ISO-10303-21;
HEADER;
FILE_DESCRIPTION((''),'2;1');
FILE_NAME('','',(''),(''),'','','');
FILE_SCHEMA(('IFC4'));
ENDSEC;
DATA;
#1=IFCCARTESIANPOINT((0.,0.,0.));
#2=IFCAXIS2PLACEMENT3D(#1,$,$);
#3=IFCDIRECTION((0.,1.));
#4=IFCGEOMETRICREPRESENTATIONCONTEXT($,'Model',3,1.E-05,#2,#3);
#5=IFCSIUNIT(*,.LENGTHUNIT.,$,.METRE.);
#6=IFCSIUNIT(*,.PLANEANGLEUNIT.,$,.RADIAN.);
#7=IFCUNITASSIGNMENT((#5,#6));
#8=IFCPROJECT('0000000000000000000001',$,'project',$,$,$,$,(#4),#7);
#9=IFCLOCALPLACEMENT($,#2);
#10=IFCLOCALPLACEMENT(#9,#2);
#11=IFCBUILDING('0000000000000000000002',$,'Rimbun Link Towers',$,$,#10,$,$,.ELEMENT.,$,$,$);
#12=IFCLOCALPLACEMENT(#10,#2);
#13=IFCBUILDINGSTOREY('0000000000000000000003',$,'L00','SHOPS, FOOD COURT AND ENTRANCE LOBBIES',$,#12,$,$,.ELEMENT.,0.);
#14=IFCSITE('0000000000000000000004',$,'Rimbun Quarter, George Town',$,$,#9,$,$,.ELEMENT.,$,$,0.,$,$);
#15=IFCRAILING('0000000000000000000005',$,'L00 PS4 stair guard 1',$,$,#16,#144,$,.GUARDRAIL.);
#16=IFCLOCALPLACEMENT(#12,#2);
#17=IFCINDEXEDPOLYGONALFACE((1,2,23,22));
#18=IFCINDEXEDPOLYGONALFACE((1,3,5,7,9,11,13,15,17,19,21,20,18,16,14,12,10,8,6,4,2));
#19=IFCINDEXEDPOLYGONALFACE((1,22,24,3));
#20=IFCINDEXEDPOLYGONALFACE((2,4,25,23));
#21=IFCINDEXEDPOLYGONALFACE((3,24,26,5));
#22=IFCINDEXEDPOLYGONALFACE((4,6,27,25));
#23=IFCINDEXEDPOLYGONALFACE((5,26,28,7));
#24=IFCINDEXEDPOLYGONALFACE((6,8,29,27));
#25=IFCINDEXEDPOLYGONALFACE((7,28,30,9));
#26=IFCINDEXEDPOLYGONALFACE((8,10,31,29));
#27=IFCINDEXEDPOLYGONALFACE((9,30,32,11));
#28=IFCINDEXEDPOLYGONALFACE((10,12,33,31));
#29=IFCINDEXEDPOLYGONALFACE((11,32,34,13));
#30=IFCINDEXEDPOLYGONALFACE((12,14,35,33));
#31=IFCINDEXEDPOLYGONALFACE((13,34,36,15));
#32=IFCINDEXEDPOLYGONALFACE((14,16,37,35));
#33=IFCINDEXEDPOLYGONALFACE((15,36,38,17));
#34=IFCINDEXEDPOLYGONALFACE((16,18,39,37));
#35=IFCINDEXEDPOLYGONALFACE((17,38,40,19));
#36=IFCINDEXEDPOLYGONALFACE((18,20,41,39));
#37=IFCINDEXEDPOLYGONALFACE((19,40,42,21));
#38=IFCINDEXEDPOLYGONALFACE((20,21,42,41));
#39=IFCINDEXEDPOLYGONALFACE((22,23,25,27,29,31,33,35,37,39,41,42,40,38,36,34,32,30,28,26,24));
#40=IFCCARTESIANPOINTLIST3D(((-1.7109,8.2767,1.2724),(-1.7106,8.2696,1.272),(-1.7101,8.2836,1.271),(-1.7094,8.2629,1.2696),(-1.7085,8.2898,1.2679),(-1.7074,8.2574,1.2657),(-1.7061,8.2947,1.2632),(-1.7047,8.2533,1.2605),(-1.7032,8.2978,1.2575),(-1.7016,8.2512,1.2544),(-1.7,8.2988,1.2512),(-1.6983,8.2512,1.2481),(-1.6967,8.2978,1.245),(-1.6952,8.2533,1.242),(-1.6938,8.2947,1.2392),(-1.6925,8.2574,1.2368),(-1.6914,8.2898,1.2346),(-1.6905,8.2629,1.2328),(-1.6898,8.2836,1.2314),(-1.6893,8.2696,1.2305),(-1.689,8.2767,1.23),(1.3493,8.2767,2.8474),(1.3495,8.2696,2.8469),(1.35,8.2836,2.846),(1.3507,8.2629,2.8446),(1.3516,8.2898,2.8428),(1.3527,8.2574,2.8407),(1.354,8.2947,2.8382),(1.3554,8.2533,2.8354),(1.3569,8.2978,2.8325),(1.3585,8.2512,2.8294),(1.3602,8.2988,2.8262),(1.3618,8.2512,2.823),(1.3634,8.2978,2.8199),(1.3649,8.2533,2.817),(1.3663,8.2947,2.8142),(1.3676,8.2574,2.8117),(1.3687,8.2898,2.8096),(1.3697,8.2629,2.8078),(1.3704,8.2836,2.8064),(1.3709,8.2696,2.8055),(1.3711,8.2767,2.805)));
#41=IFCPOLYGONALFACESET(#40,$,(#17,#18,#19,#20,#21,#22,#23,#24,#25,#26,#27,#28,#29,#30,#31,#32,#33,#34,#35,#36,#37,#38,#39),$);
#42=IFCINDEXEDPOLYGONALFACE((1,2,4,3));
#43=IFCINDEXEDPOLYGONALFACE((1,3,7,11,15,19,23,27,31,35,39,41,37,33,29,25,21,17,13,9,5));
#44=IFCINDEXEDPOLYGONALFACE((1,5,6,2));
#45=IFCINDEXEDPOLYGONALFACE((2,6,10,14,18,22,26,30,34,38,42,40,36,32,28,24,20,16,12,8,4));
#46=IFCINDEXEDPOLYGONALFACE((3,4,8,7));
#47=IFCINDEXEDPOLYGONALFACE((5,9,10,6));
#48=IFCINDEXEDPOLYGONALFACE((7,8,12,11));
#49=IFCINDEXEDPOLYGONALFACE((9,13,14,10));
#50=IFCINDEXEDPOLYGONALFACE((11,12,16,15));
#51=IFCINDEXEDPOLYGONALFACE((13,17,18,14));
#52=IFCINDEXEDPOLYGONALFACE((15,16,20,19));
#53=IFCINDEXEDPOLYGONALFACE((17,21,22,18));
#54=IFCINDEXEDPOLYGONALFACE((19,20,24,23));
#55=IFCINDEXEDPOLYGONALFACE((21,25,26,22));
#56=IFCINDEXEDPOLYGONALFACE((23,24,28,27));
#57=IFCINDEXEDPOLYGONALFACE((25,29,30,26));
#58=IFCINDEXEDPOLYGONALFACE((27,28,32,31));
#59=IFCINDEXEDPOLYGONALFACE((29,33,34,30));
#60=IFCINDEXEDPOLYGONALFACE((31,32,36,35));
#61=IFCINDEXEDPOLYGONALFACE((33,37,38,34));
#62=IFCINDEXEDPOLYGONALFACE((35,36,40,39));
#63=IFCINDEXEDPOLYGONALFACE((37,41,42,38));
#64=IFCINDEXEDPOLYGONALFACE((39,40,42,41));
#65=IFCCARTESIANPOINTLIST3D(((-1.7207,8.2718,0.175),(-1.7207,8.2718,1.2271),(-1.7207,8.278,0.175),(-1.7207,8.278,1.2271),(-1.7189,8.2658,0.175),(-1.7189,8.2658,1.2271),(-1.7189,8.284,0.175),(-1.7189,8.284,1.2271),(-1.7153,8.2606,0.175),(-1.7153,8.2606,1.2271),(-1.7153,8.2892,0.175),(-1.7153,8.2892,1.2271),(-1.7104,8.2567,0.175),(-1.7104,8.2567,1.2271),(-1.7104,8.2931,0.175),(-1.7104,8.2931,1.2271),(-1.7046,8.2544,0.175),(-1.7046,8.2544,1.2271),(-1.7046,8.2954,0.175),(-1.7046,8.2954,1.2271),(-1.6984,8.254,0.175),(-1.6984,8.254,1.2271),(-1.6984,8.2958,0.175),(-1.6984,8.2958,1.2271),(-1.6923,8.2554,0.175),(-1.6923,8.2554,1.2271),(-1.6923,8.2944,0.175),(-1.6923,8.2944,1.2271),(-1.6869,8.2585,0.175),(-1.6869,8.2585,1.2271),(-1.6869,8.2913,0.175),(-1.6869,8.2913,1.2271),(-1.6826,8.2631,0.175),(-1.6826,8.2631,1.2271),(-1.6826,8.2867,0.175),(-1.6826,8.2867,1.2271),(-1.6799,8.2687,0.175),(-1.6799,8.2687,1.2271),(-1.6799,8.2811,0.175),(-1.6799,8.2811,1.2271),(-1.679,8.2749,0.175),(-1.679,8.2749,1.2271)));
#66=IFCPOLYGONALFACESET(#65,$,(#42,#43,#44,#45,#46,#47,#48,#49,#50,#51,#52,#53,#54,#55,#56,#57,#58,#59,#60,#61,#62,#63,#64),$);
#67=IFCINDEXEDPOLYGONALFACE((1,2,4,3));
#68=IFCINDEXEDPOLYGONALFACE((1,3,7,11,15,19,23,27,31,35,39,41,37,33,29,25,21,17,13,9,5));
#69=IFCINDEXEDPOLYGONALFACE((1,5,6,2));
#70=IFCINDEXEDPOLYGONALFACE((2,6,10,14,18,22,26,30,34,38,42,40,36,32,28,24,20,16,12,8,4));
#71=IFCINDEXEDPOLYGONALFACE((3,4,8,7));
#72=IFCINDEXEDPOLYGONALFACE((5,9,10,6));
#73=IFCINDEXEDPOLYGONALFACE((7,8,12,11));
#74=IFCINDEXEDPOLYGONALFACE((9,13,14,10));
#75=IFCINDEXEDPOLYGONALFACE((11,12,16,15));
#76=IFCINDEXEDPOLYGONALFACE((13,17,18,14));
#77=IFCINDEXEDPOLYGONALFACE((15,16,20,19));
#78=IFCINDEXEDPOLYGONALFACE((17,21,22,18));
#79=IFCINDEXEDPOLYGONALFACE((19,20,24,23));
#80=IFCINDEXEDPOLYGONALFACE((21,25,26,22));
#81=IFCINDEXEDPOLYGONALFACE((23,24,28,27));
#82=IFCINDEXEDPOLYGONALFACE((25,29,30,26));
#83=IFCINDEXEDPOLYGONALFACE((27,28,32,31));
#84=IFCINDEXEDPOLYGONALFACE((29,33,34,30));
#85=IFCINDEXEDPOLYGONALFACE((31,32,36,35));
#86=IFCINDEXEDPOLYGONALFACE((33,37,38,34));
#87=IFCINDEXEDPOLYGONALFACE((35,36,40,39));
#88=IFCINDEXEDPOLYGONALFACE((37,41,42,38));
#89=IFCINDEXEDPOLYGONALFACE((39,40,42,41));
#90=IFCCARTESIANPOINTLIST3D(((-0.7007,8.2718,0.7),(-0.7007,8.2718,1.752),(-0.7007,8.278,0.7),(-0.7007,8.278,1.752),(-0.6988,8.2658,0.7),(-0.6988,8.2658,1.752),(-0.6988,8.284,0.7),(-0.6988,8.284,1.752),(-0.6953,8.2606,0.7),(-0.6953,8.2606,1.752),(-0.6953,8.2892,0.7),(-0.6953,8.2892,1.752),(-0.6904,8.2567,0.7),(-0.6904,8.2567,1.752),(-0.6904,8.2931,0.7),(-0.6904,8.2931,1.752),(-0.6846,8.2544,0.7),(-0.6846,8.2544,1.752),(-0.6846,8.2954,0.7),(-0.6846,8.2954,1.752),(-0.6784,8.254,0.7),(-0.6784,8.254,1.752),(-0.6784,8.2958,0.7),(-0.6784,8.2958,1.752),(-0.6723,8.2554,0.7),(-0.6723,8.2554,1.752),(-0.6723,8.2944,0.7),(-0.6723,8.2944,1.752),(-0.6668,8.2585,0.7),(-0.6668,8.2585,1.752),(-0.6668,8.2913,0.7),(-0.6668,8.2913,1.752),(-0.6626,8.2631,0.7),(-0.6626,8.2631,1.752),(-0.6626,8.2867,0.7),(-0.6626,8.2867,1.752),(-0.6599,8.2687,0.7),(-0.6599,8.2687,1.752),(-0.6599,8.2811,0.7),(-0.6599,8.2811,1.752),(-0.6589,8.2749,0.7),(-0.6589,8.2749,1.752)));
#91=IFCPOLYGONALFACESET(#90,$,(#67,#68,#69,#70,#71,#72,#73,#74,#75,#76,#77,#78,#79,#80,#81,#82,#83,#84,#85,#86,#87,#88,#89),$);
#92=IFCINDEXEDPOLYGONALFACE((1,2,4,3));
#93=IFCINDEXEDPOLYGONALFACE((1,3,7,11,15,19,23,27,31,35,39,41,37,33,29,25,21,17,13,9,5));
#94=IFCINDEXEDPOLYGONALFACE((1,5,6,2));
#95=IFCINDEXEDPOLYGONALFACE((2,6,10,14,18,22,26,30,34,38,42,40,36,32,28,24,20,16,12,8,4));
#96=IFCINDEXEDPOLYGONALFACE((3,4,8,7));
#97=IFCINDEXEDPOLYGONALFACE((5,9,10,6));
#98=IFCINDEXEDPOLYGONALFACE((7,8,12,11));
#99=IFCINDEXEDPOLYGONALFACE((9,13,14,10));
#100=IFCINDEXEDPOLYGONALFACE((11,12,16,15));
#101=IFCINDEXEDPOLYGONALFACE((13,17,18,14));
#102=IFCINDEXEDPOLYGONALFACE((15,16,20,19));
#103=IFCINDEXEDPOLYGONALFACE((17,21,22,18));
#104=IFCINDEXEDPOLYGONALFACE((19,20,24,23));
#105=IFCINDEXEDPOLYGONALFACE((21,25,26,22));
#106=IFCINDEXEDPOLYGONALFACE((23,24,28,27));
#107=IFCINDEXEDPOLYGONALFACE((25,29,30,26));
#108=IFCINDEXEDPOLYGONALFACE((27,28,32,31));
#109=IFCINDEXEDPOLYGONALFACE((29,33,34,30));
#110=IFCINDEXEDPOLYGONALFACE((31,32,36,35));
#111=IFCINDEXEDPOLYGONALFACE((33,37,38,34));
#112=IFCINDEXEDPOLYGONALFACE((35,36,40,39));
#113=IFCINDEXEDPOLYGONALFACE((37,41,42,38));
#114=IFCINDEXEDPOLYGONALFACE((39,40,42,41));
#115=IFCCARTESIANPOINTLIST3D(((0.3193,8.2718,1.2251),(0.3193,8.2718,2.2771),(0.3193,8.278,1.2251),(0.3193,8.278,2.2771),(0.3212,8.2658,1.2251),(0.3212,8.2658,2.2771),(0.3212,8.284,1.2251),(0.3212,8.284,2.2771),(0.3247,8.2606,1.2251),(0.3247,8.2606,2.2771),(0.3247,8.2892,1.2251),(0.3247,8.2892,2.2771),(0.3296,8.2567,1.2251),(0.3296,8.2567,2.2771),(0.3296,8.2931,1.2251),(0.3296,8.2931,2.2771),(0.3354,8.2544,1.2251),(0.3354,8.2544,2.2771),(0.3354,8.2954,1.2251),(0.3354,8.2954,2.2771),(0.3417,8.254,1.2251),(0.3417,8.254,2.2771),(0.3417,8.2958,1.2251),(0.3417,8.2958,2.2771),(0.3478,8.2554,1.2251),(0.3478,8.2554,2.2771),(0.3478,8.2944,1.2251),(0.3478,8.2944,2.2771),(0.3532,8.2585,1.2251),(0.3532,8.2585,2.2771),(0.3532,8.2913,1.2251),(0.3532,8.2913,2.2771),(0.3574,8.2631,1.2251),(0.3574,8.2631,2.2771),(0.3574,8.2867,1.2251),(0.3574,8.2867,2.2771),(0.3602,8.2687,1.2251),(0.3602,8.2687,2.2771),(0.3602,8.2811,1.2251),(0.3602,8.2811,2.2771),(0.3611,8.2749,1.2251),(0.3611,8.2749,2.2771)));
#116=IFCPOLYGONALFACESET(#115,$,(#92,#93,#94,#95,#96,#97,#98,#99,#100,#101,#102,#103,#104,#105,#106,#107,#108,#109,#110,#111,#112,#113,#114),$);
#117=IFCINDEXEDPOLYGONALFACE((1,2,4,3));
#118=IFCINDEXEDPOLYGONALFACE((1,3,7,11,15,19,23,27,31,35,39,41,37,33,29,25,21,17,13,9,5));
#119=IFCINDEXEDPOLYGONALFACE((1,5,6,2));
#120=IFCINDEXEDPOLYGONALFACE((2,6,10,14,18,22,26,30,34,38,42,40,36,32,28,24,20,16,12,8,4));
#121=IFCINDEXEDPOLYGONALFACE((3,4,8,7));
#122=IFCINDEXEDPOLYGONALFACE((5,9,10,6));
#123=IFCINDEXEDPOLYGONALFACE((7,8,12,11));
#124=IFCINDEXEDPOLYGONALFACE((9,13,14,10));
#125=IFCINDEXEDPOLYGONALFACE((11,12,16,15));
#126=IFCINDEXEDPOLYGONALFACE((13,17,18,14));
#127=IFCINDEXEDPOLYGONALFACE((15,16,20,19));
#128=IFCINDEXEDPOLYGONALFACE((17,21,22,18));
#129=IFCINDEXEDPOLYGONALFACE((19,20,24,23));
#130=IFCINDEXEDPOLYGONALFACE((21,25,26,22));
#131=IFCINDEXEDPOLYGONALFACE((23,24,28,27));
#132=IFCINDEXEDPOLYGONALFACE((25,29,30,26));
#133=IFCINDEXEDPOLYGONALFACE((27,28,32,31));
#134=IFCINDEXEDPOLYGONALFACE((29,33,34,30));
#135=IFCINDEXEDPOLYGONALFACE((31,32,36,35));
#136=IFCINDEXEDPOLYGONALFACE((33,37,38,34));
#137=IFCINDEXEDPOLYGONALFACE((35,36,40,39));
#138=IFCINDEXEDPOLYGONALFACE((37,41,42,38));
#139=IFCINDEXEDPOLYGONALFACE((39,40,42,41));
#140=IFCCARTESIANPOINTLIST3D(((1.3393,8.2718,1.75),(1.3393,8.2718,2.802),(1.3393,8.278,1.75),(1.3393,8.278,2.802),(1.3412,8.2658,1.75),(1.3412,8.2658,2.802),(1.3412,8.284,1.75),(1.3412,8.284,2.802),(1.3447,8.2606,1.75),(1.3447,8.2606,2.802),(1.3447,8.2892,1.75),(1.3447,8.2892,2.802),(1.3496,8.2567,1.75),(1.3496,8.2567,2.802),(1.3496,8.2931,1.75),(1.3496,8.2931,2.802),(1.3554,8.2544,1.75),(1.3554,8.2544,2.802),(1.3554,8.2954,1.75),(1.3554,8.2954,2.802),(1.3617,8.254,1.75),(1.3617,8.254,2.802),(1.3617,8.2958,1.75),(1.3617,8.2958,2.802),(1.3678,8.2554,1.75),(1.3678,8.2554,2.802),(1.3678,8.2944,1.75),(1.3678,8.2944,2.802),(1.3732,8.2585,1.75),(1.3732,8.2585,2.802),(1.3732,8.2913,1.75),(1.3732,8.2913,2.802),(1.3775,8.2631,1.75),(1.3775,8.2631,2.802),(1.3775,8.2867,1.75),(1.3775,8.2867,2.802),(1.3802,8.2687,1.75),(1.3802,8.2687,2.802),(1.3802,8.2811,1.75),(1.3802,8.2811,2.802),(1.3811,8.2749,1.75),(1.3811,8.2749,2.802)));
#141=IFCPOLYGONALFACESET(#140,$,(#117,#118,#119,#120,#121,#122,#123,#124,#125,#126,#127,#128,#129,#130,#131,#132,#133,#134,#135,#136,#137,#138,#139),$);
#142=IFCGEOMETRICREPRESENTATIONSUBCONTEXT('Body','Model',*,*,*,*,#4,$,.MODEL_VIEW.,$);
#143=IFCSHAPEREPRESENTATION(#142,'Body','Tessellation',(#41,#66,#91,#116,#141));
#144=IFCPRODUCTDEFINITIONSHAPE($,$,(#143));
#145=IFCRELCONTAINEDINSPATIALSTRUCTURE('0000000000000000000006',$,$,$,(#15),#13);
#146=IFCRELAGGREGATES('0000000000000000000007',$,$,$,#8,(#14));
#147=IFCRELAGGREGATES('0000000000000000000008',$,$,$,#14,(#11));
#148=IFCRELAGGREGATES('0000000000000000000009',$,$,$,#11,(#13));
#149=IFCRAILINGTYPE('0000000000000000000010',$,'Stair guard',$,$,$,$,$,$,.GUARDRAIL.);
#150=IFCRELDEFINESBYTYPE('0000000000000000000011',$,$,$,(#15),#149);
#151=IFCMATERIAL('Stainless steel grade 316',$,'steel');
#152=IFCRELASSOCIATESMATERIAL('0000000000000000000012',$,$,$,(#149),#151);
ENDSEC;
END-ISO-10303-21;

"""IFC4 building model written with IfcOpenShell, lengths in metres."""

from ifc_helpers import new_model, si_unit, direction, frame, origin, origin_2d, place, context, subcontext, project, spatial, circle, extrude, material, type_object, element, save


model = new_model("IFC4")

# Units and contexts
model_context = context("Model", 3, precision=1e-05, world=origin(), true_north=direction((0.0, 1.0)))
body_context = subcontext(model_context, "Body", "Model", "MODEL_VIEW")
ifc_project = project(units=[si_unit("LENGTHUNIT", "METRE"), si_unit("PLANEANGLEUNIT", "RADIAN")], contexts=[model_context])

# Site, building, storey
site_placement = place(None, origin())
site = spatial("IfcSite", under=ifc_project, at=site_placement, Name="Rimbun Quarter, George Town", CompositionType="ELEMENT", RefElevation=0.0)
building_placement = place(site_placement, origin())
building = spatial("IfcBuilding", under=site, at=building_placement, Name="Rimbun Link Towers", CompositionType="ELEMENT")
storey_placement = place(building_placement, origin())
storey = spatial("IfcBuildingStorey", under=building, at=storey_placement, Name="L00", Description="SHOPS, FOOD COURT AND ENTRANCE LOBBIES", CompositionType="ELEMENT", Elevation=0.0)

# Railing
ifc_material_1 = material(Name="Stainless steel grade 316", Category="steel")
railing_type_1 = type_object("IfcRailingType", Name="Stair guard", PredefinedType="GUARDRAIL", material=ifc_material_1)
railing_1_placement = place(storey_placement, frame((-1.7, 8.2749, 0.175)))
element("IfcRailing", 1, at=railing_1_placement, inside=storey, type_object=railing_type_1, Name="L00 PS4 stair guard 1", PredefinedType="GUARDRAIL", context=body_context, shape_type="SweptSolid", body=[
    extrude(circle(Radius=0.0239, at=origin_2d()), frame((0.0, 0.0, 1.0762), z_axis=(0.889145, 0.0, 0.457625), x_axis=(0.0, 1.0, 0.0)), (0.0, 0.0, 1.0), 3.4417),
    extrude(circle(Radius=0.021, at=origin_2d()), origin(), (0.0, 0.0, 1.0), 1.052),
    extrude(circle(Radius=0.021, at=origin_2d()), frame((1.02, 0.0, 0.5249)), (0.0, 0.0, 1.0), 1.052),
    extrude(circle(Radius=0.021, at=origin_2d()), frame((2.04, 0.0, 1.05)), (0.0, 0.0, 1.0), 1.052),
    extrude(circle(Radius=0.021, at=origin_2d()), frame((3.0601, 0.0, 1.575)), (0.0, 0.0, 1.0), 1.052),
])

save(model, "model.ifc")
